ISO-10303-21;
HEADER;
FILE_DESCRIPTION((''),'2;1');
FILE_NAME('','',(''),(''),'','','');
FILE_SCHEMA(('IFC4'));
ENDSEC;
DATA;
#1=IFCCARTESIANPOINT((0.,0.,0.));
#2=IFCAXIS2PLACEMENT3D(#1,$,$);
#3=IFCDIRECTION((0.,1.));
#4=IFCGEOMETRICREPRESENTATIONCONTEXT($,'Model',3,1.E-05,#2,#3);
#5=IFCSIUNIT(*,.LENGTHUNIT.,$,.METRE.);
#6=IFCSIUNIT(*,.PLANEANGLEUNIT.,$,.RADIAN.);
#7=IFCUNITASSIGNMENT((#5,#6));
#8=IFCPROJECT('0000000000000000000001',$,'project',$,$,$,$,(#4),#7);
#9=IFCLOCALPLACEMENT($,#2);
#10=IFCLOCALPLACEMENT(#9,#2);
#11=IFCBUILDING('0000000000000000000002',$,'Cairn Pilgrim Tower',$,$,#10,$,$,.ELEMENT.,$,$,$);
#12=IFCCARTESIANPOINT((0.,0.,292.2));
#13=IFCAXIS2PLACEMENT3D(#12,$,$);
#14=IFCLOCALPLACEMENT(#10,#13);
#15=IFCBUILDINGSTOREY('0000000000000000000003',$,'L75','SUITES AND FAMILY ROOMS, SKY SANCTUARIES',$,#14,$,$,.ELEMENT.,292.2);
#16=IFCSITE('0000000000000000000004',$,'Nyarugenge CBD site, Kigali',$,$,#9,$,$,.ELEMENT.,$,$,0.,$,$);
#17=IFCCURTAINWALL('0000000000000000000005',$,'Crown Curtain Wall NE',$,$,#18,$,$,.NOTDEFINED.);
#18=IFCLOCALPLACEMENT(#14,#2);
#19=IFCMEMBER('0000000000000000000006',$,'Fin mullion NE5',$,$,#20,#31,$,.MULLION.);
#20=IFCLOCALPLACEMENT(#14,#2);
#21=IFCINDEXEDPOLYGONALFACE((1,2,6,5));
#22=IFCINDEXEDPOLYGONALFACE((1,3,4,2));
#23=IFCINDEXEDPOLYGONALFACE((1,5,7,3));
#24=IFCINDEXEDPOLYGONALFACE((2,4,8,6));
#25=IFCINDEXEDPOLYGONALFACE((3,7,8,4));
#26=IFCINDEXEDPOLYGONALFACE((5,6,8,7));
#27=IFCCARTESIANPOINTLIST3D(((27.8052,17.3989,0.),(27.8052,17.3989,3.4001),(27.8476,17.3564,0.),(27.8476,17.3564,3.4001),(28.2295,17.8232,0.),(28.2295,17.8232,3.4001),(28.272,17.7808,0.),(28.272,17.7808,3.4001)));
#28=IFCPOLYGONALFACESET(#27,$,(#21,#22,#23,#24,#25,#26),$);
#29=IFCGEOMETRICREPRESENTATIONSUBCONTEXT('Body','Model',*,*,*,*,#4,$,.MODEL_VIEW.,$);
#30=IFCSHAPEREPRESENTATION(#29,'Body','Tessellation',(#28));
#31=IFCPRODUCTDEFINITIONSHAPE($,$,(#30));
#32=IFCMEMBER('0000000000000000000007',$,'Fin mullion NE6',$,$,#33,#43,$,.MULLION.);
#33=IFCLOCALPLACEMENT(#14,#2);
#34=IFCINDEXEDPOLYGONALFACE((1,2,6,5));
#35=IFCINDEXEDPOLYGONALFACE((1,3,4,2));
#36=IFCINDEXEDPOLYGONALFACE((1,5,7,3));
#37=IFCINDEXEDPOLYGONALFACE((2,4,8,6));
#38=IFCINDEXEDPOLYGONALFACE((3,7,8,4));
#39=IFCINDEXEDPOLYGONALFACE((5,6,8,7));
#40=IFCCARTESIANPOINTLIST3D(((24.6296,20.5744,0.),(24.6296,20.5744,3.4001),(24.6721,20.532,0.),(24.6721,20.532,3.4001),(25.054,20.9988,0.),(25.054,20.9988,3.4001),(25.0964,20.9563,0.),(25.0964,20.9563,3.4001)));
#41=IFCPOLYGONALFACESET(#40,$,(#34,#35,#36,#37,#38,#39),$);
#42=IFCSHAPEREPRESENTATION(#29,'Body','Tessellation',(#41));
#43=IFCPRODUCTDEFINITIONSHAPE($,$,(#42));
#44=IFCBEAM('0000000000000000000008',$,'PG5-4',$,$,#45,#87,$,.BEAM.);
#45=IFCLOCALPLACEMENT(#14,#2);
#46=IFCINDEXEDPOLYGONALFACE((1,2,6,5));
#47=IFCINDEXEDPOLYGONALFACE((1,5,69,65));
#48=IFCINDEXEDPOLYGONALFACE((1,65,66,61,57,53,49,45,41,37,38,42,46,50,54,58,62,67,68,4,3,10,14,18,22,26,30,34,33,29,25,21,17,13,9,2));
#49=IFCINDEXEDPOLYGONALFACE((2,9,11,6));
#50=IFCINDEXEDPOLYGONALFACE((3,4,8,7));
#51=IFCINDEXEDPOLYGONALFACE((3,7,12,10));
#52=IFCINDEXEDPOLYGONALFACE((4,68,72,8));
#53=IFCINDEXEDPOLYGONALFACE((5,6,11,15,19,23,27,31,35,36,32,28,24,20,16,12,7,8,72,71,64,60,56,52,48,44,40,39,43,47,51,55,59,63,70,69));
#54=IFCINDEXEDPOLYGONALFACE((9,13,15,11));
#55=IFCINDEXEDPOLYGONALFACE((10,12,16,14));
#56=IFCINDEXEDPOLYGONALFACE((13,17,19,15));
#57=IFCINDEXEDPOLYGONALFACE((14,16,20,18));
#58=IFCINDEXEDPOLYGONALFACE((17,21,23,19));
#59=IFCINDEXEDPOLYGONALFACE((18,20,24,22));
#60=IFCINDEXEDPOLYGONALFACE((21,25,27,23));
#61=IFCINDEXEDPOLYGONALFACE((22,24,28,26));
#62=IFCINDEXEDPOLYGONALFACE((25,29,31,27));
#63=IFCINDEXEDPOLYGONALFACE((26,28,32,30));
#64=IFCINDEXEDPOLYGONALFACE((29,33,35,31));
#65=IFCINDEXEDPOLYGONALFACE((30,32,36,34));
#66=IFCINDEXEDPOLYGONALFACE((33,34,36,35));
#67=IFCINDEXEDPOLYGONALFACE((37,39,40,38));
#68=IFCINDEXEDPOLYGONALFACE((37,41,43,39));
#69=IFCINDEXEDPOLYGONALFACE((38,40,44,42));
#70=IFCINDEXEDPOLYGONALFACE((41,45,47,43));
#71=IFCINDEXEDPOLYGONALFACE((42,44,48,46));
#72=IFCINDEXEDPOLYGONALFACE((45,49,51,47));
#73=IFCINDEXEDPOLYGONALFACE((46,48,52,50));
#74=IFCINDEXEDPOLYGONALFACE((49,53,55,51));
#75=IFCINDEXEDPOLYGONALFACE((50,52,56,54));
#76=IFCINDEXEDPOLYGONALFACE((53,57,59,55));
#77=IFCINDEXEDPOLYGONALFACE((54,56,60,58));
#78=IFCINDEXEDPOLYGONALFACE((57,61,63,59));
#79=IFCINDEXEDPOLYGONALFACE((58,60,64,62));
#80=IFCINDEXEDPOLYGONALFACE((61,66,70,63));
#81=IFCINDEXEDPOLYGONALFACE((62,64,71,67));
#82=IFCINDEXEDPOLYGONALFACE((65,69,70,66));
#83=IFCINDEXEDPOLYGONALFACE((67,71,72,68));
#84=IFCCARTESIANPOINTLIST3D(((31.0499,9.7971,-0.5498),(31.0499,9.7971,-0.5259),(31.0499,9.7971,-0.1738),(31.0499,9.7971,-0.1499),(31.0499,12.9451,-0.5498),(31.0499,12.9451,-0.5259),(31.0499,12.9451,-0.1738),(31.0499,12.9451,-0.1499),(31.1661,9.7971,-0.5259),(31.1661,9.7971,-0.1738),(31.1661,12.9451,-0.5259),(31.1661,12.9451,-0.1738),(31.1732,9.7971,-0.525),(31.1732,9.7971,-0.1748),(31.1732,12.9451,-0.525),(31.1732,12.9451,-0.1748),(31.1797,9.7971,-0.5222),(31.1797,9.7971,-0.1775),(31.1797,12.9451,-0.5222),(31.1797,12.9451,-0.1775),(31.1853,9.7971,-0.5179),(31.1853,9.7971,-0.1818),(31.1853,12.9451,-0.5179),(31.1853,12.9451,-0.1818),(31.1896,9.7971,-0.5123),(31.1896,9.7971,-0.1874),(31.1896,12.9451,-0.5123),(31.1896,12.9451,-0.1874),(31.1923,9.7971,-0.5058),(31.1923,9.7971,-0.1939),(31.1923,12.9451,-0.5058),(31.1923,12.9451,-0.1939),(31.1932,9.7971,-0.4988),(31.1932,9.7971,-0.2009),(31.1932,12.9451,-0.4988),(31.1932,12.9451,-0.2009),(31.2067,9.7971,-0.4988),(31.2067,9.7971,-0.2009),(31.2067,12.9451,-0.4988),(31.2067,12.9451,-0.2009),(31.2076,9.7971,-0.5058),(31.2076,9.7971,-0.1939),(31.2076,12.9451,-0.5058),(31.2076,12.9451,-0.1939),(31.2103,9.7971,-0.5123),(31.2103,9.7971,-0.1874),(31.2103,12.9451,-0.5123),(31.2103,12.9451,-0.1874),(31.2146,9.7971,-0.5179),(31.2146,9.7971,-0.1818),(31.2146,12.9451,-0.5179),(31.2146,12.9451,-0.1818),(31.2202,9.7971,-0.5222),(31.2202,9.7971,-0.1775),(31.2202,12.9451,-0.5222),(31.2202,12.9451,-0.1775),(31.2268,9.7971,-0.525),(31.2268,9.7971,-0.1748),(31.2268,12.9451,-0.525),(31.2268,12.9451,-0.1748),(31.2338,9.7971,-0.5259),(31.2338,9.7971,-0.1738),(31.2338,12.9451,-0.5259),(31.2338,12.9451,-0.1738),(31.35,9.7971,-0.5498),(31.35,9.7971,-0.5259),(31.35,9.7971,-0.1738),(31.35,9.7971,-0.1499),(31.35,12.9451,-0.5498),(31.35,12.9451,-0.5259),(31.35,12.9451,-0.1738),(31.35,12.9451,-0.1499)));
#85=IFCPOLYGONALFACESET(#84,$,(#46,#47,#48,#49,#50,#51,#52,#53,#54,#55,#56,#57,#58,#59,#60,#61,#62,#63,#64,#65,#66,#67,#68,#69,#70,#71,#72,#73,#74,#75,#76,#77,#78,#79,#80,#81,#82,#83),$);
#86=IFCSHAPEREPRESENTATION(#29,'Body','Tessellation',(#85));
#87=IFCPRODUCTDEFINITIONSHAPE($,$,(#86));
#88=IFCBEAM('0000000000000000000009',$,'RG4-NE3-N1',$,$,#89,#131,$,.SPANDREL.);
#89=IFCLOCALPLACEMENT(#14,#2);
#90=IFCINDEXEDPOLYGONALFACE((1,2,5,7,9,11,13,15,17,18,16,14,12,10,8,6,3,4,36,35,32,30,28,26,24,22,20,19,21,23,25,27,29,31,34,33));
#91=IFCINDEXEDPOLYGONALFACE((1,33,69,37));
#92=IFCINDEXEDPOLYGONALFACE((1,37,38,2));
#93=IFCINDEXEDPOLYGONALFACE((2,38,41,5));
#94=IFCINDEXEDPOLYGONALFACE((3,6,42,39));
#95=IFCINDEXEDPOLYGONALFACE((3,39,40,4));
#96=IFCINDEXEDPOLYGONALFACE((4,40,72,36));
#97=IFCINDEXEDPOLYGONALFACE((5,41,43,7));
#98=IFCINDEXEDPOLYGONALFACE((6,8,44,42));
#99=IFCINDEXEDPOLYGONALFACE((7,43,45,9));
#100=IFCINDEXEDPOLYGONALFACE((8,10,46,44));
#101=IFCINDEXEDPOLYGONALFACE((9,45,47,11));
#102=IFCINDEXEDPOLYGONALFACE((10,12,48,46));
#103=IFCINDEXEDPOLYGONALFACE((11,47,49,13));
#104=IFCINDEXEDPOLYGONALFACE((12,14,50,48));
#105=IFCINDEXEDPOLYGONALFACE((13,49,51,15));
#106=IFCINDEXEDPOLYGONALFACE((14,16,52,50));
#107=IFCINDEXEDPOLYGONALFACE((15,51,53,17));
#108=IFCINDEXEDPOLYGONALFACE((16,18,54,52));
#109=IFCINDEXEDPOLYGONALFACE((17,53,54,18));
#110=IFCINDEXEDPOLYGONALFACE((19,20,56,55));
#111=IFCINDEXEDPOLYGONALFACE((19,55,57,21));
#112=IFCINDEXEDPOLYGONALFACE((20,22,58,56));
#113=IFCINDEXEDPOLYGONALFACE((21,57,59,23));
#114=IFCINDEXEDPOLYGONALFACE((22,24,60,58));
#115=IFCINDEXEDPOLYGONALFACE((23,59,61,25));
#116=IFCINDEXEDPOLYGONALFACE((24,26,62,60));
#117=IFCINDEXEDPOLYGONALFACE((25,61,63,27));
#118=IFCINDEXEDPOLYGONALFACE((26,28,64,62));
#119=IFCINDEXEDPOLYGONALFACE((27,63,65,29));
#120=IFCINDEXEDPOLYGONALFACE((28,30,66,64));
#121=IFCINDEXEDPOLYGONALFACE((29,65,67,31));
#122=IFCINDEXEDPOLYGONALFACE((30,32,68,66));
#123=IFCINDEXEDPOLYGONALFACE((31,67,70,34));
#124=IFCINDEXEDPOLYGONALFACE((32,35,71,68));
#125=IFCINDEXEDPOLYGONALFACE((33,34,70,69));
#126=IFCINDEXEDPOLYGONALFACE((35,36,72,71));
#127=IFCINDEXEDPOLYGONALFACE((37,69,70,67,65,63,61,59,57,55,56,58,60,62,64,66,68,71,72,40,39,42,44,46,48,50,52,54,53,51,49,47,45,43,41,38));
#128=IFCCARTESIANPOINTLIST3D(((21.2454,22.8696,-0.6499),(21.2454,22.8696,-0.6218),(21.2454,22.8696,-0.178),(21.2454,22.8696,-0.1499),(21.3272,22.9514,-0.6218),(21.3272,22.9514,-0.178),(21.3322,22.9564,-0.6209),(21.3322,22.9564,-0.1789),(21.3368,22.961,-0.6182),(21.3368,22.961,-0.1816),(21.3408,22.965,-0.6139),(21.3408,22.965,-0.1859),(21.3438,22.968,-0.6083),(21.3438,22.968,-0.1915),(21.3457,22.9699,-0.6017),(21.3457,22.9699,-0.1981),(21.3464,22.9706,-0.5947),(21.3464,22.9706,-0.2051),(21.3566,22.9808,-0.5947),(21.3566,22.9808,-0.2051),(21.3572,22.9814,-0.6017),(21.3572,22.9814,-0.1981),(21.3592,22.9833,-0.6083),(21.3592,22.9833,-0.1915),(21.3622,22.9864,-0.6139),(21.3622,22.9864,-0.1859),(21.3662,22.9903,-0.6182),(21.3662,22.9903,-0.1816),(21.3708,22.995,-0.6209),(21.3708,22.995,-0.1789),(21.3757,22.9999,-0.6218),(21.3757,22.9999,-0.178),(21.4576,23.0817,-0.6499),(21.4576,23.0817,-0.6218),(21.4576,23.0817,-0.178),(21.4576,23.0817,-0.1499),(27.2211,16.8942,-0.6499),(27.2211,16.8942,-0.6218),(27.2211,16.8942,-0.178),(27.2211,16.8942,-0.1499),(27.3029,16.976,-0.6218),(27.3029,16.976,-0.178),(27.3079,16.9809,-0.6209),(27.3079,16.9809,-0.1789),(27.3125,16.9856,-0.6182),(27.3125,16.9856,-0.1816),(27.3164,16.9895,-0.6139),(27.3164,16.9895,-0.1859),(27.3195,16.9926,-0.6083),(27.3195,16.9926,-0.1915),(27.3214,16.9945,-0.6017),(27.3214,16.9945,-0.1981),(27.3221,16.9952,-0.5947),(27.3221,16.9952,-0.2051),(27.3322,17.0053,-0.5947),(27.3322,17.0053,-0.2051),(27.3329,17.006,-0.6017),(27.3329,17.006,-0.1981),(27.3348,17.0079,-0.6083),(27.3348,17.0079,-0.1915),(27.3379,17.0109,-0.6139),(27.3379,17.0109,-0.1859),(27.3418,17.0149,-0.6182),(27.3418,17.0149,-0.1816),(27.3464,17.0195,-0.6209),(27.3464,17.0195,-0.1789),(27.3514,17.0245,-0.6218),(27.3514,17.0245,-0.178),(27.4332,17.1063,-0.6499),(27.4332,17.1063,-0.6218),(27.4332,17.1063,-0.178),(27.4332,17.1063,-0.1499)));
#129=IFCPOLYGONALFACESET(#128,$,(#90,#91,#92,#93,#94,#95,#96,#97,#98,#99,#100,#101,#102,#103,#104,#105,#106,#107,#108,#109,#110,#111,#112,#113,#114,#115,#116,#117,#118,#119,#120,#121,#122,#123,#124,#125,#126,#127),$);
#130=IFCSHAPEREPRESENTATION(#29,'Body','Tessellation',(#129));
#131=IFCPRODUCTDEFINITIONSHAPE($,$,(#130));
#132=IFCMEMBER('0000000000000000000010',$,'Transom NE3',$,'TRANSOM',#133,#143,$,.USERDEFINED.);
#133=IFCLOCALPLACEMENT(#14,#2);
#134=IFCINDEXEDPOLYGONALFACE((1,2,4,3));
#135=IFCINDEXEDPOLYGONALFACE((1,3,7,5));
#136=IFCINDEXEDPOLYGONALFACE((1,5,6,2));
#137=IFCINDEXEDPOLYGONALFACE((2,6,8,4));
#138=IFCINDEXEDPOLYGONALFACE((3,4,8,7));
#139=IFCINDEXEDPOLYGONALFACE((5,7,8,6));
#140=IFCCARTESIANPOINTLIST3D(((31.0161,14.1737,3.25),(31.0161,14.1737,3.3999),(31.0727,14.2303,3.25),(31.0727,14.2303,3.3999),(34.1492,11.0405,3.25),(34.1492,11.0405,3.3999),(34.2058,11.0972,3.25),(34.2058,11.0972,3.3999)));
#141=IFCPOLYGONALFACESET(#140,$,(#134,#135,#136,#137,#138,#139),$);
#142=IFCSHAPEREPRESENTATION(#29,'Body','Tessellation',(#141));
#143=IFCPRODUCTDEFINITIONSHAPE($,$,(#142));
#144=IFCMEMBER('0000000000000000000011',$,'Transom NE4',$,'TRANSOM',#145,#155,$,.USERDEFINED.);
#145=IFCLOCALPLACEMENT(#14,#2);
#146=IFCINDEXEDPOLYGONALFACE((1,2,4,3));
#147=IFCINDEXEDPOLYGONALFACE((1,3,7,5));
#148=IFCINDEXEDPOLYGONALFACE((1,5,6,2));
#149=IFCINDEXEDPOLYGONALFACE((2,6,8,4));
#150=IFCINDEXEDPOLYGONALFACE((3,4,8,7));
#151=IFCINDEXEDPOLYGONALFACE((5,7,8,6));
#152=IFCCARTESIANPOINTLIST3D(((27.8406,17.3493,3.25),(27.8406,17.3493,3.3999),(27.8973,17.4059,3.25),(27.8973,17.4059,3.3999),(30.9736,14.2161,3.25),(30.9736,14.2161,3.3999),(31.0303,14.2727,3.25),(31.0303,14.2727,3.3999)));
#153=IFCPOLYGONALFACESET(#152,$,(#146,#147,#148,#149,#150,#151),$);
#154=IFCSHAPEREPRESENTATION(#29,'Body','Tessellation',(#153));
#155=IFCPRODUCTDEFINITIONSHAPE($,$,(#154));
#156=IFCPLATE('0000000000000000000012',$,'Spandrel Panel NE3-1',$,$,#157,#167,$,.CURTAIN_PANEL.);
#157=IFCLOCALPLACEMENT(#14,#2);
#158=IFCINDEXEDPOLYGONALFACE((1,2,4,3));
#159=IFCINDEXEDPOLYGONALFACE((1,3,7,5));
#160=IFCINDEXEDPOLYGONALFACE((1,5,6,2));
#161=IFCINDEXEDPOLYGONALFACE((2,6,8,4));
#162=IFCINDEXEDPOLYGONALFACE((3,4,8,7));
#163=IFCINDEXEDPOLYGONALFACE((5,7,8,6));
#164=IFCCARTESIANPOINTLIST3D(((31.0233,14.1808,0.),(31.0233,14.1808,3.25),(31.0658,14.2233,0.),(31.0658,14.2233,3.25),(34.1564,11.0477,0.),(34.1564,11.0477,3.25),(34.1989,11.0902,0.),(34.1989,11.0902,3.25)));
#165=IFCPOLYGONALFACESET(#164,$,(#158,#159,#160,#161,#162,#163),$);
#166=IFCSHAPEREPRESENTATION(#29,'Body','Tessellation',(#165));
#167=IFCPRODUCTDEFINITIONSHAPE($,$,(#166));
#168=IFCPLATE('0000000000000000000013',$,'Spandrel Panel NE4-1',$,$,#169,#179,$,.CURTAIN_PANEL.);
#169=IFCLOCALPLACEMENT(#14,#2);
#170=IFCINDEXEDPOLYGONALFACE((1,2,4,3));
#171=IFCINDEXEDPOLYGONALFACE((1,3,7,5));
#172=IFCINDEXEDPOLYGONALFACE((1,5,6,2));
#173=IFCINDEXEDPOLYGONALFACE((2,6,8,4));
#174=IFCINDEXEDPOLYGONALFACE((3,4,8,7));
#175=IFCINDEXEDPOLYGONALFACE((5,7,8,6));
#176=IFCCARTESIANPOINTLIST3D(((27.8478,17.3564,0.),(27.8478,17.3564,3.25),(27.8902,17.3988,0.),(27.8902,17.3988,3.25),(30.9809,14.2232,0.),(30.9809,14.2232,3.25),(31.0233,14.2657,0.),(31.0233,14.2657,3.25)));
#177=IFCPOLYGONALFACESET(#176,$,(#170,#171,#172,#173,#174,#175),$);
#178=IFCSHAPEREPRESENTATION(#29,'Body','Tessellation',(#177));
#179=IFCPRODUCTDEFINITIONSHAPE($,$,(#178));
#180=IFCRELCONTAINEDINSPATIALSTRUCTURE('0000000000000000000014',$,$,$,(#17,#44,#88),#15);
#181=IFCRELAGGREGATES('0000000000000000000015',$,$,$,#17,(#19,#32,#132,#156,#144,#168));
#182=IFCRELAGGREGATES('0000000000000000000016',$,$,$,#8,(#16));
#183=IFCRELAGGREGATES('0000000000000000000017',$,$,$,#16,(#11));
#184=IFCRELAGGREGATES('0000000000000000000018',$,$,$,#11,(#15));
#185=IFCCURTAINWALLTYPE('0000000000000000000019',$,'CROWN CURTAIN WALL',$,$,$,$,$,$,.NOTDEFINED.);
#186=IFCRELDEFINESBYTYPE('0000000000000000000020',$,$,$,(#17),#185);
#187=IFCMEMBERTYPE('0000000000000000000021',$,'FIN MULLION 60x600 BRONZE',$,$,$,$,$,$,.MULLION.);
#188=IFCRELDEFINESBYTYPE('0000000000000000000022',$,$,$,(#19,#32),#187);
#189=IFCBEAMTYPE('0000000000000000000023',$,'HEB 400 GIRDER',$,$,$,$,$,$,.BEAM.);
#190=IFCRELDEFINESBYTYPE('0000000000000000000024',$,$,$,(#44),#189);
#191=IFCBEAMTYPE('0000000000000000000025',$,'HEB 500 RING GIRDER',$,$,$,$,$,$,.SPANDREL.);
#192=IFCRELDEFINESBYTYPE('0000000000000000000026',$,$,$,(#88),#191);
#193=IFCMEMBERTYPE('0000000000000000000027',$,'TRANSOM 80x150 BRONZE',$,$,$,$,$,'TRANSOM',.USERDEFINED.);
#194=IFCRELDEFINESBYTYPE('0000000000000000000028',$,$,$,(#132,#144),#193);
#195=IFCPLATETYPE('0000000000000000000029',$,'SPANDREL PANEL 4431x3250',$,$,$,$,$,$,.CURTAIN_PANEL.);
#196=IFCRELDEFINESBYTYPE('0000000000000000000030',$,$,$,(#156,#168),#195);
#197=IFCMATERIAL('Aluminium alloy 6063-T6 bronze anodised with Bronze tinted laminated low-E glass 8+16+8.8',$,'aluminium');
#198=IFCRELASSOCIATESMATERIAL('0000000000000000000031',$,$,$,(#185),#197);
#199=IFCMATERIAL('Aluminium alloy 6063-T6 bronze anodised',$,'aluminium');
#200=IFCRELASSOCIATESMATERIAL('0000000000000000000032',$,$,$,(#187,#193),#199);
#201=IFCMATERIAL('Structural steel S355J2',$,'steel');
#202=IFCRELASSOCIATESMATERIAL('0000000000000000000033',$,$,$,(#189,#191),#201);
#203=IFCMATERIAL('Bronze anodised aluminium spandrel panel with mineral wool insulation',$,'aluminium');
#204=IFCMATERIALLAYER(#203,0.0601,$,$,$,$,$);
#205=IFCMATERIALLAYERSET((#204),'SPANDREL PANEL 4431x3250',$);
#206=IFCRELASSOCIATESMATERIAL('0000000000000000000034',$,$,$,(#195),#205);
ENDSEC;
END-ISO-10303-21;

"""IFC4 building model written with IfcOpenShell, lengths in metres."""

from ifc_helpers import new_model, si_unit, direction, frame, origin, origin_2d, place, context, subcontext, project, spatial, rectangle, i_section, extrude, material, layer, layer_set, material_profile, profile_set, type_object, element, aggregate, save


model = new_model("IFC4")

# Units and contexts
model_context = context("Model", 3, precision=1e-05, world=origin(), true_north=direction((0.0, 1.0)))
body_context = subcontext(model_context, "Body", "Model", "MODEL_VIEW")
ifc_project = project(units=[si_unit("LENGTHUNIT", "METRE"), si_unit("PLANEANGLEUNIT", "RADIAN")], contexts=[model_context])

# Site, building, storey
site_placement = place(None, origin())
site = spatial("IfcSite", under=ifc_project, at=site_placement, Name="Nyarugenge CBD site, Kigali", CompositionType="ELEMENT", RefElevation=0.0)
building_placement = place(site_placement, origin())
building = spatial("IfcBuilding", under=site, at=building_placement, Name="Cairn Pilgrim Tower", CompositionType="ELEMENT")
storey_placement = place(building_placement, frame((0.0, 0.0, 292.2)))
storey = spatial("IfcBuildingStorey", under=building, at=storey_placement, Name="L75", Description="SUITES AND FAMILY ROOMS, SKY SANCTUARIES", CompositionType="ELEMENT", Elevation=292.2)

# Shared definitions
ifc_material_1 = material(Name="Structural steel S355J2", Category="steel")

# Curtain wall, members
ifc_material_2 = material(Name="Aluminium alloy 6063-T6 bronze anodised with Bronze tinted laminated low-E glass 8+16+8.8", Category="aluminium")
curtain_wall_type = type_object("IfcCurtainWallType", Name="CROWN CURTAIN WALL", PredefinedType="NOTDEFINED", material=ifc_material_2)
curtain_wall_placement = place(storey_placement, origin())
curtain_wall = element("IfcCurtainWall", 1, at=curtain_wall_placement, inside=storey, type_object=curtain_wall_type, Name="Crown Curtain Wall NE", PredefinedType="NOTDEFINED")
ifc_material_3 = material(Name="Aluminium alloy 6063-T6 bronze anodised", Category="aluminium")
ifc_material_profile_1 = material_profile(ifc_material_3, rectangle(XDim=0.6001, YDim=0.0601, at=origin_2d()), Name="FIN MULLION 60x600 BRONZE")
ifc_profile_set_1 = profile_set([ifc_material_profile_1], Name="Aluminium alloy 6063-T6 bronze anodised")
member_type_1 = type_object("IfcMemberType", Name="FIN MULLION 60x600 BRONZE", PredefinedType="MULLION", material=ifc_profile_set_1)
member_1_placement = place(storey_placement, frame((28.0386, 17.5898, 0.0), z_axis=(0.0, 0.0, 1.0), x_axis=(0.707107, 0.707107, 0.0)))
member_1 = element("IfcMember", 2, at=member_1_placement, type_object=member_type_1, Name="Fin mullion NE5", PredefinedType="MULLION", context=body_context, shape_type="SweptSolid", body=[
    extrude(rectangle(XDim=0.6001, YDim=0.0601, at=origin_2d()), origin(), (0.0, 0.0, 1.0), 3.4001),
])
member_2_placement = place(storey_placement, frame((24.863, 20.7654, 0.0), z_axis=(0.0, 0.0, 1.0), x_axis=(0.707107, 0.707107, 0.0)))
member_2 = element("IfcMember", 3, at=member_2_placement, type_object=member_type_1, Name="Fin mullion NE6", PredefinedType="MULLION", context=body_context, shape_type="SweptSolid", body=[
    extrude(rectangle(XDim=0.6001, YDim=0.0601, at=origin_2d()), origin(), (0.0, 0.0, 1.0), 3.4001),
])

# Beams
ifc_material_profile_2 = material_profile(ifc_material_1, i_section(OverallWidth=0.3, OverallDepth=0.3999, WebThickness=0.0134, FlangeThickness=0.0239, FilletRadius=0.0271, at=origin_2d()), Name="HEB 400")
ifc_profile_set_2 = profile_set([ifc_material_profile_2], Name="Structural steel S355J2")
beam_type_1 = type_object("IfcBeamType", Name="HEB 400 GIRDER", PredefinedType="BEAM", material=ifc_profile_set_2)
beam_1_placement = place(storey_placement, frame((31.2, 9.7971, -0.3499), z_axis=(0.0, 1.0, 0.0), x_axis=(-1.0, 0.0, 0.0)))
element("IfcBeam", 4, at=beam_1_placement, inside=storey, type_object=beam_type_1, Name="PG5-4", PredefinedType="BEAM", context=body_context, shape_type="SweptSolid", body=[
    extrude(i_section(OverallWidth=0.3, OverallDepth=0.3999, WebThickness=0.0134, FlangeThickness=0.0239, FilletRadius=0.0271, at=origin_2d()), origin(), (0.0, 0.0, 1.0), 3.1479),
])
ifc_material_profile_3 = material_profile(ifc_material_1, i_section(OverallWidth=0.3, OverallDepth=0.5, WebThickness=0.0144, FlangeThickness=0.0281, FilletRadius=0.0271, at=origin_2d()), Name="HEB 500")
ifc_profile_set_3 = profile_set([ifc_material_profile_3], Name="Structural steel S355J2")
beam_type_2 = type_object("IfcBeamType", Name="HEB 500 RING GIRDER", PredefinedType="SPANDREL", material=ifc_profile_set_3)
beam_2_placement = place(storey_placement, frame((27.3271, 17.0002, -0.3999), z_axis=(-0.707121, 0.707092, 0.0), x_axis=(-0.707092, -0.707121, 0.0)))
element("IfcBeam", 5, at=beam_2_placement, inside=storey, type_object=beam_type_2, Name="RG4-NE3-N1", PredefinedType="SPANDREL", context=body_context, shape_type="SweptSolid", body=[
    extrude(i_section(OverallWidth=0.3, OverallDepth=0.5, WebThickness=0.0144, FlangeThickness=0.0281, FilletRadius=0.0271, at=origin_2d()), origin(), (0.0, 0.0, 1.0), 8.4507),
])

# Members
ifc_material_profile_4 = material_profile(ifc_material_3, rectangle(XDim=0.0801, YDim=0.1499, at=origin_2d()), Name="TRANSOM 80x150 BRONZE")
ifc_profile_set_4 = profile_set([ifc_material_profile_4], Name="Aluminium alloy 6063-T6 bronze anodised")
member_type_2 = type_object("IfcMemberType", Name="TRANSOM 80x150 BRONZE", ElementType="TRANSOM", PredefinedType="USERDEFINED", material=ifc_profile_set_4)
member_3_placement = place(storey_placement, frame((34.1775, 11.0688, 3.325), z_axis=(-0.707107, 0.707107, 0.0), x_axis=(-0.707107, -0.707107, 0.0)))
member_3 = element("IfcMember", 6, at=member_3_placement, type_object=member_type_2, Name="Transom NE3", ObjectType="TRANSOM", PredefinedType="USERDEFINED", context=body_context, shape_type="SweptSolid", body=[
    extrude(rectangle(XDim=0.0801, YDim=0.1499, at=origin_2d()), origin(), (0.0, 0.0, 1.0), 4.4309),
])
member_4_placement = place(storey_placement, frame((31.002, 14.2444, 3.325), z_axis=(-0.707079, 0.707134, 0.0), x_axis=(-0.707134, -0.707079, 0.0)))
member_4 = element("IfcMember", 7, at=member_4_placement, type_object=member_type_2, Name="Transom NE4", ObjectType="TRANSOM", PredefinedType="USERDEFINED", context=body_context, shape_type="SweptSolid", body=[
    extrude(rectangle(XDim=0.0801, YDim=0.1499, at=origin_2d()), origin(), (0.0, 0.0, 1.0), 4.4309),
])

# Plates
ifc_material_4 = material(Name="Bronze anodised aluminium spandrel panel with mineral wool insulation", Category="aluminium")
ifc_layer_1 = layer(ifc_material_4, 0.0601)
ifc_layer_set_1 = layer_set([ifc_layer_1], Name="SPANDREL PANEL 4431x3250")
plate_type = type_object("IfcPlateType", Name="SPANDREL PANEL 4431x3250", PredefinedType="CURTAIN_PANEL", material=ifc_layer_set_1)
plate_1_placement = place(storey_placement, frame((32.6111, 12.6355, 0.0), z_axis=(0.0, 0.0, 1.0), x_axis=(-0.707107, 0.707107, 0.0)))
plate_1 = element("IfcPlate", 8, at=plate_1_placement, type_object=plate_type, Name="Spandrel Panel NE3-1", PredefinedType="CURTAIN_PANEL", context=body_context, shape_type="SweptSolid", body=[
    extrude(rectangle(XDim=4.4309, YDim=0.0601, at=origin_2d()), origin(), (0.0, 0.0, 1.0), 3.25),
])
plate_2_placement = place(storey_placement, frame((29.4355, 15.811, 0.0), z_axis=(0.0, 0.0, 1.0), x_axis=(-0.707107, 0.707107, 0.0)))
plate_2 = element("IfcPlate", 9, at=plate_2_placement, type_object=plate_type, Name="Spandrel Panel NE4-1", PredefinedType="CURTAIN_PANEL", context=body_context, shape_type="SweptSolid", body=[
    extrude(rectangle(XDim=4.4309, YDim=0.0601, at=origin_2d()), origin(), (0.0, 0.0, 1.0), 3.25),
])
aggregate(curtain_wall, [member_1, member_2, member_3, plate_1, member_4, plate_2])

save(model, "model.ifc")
